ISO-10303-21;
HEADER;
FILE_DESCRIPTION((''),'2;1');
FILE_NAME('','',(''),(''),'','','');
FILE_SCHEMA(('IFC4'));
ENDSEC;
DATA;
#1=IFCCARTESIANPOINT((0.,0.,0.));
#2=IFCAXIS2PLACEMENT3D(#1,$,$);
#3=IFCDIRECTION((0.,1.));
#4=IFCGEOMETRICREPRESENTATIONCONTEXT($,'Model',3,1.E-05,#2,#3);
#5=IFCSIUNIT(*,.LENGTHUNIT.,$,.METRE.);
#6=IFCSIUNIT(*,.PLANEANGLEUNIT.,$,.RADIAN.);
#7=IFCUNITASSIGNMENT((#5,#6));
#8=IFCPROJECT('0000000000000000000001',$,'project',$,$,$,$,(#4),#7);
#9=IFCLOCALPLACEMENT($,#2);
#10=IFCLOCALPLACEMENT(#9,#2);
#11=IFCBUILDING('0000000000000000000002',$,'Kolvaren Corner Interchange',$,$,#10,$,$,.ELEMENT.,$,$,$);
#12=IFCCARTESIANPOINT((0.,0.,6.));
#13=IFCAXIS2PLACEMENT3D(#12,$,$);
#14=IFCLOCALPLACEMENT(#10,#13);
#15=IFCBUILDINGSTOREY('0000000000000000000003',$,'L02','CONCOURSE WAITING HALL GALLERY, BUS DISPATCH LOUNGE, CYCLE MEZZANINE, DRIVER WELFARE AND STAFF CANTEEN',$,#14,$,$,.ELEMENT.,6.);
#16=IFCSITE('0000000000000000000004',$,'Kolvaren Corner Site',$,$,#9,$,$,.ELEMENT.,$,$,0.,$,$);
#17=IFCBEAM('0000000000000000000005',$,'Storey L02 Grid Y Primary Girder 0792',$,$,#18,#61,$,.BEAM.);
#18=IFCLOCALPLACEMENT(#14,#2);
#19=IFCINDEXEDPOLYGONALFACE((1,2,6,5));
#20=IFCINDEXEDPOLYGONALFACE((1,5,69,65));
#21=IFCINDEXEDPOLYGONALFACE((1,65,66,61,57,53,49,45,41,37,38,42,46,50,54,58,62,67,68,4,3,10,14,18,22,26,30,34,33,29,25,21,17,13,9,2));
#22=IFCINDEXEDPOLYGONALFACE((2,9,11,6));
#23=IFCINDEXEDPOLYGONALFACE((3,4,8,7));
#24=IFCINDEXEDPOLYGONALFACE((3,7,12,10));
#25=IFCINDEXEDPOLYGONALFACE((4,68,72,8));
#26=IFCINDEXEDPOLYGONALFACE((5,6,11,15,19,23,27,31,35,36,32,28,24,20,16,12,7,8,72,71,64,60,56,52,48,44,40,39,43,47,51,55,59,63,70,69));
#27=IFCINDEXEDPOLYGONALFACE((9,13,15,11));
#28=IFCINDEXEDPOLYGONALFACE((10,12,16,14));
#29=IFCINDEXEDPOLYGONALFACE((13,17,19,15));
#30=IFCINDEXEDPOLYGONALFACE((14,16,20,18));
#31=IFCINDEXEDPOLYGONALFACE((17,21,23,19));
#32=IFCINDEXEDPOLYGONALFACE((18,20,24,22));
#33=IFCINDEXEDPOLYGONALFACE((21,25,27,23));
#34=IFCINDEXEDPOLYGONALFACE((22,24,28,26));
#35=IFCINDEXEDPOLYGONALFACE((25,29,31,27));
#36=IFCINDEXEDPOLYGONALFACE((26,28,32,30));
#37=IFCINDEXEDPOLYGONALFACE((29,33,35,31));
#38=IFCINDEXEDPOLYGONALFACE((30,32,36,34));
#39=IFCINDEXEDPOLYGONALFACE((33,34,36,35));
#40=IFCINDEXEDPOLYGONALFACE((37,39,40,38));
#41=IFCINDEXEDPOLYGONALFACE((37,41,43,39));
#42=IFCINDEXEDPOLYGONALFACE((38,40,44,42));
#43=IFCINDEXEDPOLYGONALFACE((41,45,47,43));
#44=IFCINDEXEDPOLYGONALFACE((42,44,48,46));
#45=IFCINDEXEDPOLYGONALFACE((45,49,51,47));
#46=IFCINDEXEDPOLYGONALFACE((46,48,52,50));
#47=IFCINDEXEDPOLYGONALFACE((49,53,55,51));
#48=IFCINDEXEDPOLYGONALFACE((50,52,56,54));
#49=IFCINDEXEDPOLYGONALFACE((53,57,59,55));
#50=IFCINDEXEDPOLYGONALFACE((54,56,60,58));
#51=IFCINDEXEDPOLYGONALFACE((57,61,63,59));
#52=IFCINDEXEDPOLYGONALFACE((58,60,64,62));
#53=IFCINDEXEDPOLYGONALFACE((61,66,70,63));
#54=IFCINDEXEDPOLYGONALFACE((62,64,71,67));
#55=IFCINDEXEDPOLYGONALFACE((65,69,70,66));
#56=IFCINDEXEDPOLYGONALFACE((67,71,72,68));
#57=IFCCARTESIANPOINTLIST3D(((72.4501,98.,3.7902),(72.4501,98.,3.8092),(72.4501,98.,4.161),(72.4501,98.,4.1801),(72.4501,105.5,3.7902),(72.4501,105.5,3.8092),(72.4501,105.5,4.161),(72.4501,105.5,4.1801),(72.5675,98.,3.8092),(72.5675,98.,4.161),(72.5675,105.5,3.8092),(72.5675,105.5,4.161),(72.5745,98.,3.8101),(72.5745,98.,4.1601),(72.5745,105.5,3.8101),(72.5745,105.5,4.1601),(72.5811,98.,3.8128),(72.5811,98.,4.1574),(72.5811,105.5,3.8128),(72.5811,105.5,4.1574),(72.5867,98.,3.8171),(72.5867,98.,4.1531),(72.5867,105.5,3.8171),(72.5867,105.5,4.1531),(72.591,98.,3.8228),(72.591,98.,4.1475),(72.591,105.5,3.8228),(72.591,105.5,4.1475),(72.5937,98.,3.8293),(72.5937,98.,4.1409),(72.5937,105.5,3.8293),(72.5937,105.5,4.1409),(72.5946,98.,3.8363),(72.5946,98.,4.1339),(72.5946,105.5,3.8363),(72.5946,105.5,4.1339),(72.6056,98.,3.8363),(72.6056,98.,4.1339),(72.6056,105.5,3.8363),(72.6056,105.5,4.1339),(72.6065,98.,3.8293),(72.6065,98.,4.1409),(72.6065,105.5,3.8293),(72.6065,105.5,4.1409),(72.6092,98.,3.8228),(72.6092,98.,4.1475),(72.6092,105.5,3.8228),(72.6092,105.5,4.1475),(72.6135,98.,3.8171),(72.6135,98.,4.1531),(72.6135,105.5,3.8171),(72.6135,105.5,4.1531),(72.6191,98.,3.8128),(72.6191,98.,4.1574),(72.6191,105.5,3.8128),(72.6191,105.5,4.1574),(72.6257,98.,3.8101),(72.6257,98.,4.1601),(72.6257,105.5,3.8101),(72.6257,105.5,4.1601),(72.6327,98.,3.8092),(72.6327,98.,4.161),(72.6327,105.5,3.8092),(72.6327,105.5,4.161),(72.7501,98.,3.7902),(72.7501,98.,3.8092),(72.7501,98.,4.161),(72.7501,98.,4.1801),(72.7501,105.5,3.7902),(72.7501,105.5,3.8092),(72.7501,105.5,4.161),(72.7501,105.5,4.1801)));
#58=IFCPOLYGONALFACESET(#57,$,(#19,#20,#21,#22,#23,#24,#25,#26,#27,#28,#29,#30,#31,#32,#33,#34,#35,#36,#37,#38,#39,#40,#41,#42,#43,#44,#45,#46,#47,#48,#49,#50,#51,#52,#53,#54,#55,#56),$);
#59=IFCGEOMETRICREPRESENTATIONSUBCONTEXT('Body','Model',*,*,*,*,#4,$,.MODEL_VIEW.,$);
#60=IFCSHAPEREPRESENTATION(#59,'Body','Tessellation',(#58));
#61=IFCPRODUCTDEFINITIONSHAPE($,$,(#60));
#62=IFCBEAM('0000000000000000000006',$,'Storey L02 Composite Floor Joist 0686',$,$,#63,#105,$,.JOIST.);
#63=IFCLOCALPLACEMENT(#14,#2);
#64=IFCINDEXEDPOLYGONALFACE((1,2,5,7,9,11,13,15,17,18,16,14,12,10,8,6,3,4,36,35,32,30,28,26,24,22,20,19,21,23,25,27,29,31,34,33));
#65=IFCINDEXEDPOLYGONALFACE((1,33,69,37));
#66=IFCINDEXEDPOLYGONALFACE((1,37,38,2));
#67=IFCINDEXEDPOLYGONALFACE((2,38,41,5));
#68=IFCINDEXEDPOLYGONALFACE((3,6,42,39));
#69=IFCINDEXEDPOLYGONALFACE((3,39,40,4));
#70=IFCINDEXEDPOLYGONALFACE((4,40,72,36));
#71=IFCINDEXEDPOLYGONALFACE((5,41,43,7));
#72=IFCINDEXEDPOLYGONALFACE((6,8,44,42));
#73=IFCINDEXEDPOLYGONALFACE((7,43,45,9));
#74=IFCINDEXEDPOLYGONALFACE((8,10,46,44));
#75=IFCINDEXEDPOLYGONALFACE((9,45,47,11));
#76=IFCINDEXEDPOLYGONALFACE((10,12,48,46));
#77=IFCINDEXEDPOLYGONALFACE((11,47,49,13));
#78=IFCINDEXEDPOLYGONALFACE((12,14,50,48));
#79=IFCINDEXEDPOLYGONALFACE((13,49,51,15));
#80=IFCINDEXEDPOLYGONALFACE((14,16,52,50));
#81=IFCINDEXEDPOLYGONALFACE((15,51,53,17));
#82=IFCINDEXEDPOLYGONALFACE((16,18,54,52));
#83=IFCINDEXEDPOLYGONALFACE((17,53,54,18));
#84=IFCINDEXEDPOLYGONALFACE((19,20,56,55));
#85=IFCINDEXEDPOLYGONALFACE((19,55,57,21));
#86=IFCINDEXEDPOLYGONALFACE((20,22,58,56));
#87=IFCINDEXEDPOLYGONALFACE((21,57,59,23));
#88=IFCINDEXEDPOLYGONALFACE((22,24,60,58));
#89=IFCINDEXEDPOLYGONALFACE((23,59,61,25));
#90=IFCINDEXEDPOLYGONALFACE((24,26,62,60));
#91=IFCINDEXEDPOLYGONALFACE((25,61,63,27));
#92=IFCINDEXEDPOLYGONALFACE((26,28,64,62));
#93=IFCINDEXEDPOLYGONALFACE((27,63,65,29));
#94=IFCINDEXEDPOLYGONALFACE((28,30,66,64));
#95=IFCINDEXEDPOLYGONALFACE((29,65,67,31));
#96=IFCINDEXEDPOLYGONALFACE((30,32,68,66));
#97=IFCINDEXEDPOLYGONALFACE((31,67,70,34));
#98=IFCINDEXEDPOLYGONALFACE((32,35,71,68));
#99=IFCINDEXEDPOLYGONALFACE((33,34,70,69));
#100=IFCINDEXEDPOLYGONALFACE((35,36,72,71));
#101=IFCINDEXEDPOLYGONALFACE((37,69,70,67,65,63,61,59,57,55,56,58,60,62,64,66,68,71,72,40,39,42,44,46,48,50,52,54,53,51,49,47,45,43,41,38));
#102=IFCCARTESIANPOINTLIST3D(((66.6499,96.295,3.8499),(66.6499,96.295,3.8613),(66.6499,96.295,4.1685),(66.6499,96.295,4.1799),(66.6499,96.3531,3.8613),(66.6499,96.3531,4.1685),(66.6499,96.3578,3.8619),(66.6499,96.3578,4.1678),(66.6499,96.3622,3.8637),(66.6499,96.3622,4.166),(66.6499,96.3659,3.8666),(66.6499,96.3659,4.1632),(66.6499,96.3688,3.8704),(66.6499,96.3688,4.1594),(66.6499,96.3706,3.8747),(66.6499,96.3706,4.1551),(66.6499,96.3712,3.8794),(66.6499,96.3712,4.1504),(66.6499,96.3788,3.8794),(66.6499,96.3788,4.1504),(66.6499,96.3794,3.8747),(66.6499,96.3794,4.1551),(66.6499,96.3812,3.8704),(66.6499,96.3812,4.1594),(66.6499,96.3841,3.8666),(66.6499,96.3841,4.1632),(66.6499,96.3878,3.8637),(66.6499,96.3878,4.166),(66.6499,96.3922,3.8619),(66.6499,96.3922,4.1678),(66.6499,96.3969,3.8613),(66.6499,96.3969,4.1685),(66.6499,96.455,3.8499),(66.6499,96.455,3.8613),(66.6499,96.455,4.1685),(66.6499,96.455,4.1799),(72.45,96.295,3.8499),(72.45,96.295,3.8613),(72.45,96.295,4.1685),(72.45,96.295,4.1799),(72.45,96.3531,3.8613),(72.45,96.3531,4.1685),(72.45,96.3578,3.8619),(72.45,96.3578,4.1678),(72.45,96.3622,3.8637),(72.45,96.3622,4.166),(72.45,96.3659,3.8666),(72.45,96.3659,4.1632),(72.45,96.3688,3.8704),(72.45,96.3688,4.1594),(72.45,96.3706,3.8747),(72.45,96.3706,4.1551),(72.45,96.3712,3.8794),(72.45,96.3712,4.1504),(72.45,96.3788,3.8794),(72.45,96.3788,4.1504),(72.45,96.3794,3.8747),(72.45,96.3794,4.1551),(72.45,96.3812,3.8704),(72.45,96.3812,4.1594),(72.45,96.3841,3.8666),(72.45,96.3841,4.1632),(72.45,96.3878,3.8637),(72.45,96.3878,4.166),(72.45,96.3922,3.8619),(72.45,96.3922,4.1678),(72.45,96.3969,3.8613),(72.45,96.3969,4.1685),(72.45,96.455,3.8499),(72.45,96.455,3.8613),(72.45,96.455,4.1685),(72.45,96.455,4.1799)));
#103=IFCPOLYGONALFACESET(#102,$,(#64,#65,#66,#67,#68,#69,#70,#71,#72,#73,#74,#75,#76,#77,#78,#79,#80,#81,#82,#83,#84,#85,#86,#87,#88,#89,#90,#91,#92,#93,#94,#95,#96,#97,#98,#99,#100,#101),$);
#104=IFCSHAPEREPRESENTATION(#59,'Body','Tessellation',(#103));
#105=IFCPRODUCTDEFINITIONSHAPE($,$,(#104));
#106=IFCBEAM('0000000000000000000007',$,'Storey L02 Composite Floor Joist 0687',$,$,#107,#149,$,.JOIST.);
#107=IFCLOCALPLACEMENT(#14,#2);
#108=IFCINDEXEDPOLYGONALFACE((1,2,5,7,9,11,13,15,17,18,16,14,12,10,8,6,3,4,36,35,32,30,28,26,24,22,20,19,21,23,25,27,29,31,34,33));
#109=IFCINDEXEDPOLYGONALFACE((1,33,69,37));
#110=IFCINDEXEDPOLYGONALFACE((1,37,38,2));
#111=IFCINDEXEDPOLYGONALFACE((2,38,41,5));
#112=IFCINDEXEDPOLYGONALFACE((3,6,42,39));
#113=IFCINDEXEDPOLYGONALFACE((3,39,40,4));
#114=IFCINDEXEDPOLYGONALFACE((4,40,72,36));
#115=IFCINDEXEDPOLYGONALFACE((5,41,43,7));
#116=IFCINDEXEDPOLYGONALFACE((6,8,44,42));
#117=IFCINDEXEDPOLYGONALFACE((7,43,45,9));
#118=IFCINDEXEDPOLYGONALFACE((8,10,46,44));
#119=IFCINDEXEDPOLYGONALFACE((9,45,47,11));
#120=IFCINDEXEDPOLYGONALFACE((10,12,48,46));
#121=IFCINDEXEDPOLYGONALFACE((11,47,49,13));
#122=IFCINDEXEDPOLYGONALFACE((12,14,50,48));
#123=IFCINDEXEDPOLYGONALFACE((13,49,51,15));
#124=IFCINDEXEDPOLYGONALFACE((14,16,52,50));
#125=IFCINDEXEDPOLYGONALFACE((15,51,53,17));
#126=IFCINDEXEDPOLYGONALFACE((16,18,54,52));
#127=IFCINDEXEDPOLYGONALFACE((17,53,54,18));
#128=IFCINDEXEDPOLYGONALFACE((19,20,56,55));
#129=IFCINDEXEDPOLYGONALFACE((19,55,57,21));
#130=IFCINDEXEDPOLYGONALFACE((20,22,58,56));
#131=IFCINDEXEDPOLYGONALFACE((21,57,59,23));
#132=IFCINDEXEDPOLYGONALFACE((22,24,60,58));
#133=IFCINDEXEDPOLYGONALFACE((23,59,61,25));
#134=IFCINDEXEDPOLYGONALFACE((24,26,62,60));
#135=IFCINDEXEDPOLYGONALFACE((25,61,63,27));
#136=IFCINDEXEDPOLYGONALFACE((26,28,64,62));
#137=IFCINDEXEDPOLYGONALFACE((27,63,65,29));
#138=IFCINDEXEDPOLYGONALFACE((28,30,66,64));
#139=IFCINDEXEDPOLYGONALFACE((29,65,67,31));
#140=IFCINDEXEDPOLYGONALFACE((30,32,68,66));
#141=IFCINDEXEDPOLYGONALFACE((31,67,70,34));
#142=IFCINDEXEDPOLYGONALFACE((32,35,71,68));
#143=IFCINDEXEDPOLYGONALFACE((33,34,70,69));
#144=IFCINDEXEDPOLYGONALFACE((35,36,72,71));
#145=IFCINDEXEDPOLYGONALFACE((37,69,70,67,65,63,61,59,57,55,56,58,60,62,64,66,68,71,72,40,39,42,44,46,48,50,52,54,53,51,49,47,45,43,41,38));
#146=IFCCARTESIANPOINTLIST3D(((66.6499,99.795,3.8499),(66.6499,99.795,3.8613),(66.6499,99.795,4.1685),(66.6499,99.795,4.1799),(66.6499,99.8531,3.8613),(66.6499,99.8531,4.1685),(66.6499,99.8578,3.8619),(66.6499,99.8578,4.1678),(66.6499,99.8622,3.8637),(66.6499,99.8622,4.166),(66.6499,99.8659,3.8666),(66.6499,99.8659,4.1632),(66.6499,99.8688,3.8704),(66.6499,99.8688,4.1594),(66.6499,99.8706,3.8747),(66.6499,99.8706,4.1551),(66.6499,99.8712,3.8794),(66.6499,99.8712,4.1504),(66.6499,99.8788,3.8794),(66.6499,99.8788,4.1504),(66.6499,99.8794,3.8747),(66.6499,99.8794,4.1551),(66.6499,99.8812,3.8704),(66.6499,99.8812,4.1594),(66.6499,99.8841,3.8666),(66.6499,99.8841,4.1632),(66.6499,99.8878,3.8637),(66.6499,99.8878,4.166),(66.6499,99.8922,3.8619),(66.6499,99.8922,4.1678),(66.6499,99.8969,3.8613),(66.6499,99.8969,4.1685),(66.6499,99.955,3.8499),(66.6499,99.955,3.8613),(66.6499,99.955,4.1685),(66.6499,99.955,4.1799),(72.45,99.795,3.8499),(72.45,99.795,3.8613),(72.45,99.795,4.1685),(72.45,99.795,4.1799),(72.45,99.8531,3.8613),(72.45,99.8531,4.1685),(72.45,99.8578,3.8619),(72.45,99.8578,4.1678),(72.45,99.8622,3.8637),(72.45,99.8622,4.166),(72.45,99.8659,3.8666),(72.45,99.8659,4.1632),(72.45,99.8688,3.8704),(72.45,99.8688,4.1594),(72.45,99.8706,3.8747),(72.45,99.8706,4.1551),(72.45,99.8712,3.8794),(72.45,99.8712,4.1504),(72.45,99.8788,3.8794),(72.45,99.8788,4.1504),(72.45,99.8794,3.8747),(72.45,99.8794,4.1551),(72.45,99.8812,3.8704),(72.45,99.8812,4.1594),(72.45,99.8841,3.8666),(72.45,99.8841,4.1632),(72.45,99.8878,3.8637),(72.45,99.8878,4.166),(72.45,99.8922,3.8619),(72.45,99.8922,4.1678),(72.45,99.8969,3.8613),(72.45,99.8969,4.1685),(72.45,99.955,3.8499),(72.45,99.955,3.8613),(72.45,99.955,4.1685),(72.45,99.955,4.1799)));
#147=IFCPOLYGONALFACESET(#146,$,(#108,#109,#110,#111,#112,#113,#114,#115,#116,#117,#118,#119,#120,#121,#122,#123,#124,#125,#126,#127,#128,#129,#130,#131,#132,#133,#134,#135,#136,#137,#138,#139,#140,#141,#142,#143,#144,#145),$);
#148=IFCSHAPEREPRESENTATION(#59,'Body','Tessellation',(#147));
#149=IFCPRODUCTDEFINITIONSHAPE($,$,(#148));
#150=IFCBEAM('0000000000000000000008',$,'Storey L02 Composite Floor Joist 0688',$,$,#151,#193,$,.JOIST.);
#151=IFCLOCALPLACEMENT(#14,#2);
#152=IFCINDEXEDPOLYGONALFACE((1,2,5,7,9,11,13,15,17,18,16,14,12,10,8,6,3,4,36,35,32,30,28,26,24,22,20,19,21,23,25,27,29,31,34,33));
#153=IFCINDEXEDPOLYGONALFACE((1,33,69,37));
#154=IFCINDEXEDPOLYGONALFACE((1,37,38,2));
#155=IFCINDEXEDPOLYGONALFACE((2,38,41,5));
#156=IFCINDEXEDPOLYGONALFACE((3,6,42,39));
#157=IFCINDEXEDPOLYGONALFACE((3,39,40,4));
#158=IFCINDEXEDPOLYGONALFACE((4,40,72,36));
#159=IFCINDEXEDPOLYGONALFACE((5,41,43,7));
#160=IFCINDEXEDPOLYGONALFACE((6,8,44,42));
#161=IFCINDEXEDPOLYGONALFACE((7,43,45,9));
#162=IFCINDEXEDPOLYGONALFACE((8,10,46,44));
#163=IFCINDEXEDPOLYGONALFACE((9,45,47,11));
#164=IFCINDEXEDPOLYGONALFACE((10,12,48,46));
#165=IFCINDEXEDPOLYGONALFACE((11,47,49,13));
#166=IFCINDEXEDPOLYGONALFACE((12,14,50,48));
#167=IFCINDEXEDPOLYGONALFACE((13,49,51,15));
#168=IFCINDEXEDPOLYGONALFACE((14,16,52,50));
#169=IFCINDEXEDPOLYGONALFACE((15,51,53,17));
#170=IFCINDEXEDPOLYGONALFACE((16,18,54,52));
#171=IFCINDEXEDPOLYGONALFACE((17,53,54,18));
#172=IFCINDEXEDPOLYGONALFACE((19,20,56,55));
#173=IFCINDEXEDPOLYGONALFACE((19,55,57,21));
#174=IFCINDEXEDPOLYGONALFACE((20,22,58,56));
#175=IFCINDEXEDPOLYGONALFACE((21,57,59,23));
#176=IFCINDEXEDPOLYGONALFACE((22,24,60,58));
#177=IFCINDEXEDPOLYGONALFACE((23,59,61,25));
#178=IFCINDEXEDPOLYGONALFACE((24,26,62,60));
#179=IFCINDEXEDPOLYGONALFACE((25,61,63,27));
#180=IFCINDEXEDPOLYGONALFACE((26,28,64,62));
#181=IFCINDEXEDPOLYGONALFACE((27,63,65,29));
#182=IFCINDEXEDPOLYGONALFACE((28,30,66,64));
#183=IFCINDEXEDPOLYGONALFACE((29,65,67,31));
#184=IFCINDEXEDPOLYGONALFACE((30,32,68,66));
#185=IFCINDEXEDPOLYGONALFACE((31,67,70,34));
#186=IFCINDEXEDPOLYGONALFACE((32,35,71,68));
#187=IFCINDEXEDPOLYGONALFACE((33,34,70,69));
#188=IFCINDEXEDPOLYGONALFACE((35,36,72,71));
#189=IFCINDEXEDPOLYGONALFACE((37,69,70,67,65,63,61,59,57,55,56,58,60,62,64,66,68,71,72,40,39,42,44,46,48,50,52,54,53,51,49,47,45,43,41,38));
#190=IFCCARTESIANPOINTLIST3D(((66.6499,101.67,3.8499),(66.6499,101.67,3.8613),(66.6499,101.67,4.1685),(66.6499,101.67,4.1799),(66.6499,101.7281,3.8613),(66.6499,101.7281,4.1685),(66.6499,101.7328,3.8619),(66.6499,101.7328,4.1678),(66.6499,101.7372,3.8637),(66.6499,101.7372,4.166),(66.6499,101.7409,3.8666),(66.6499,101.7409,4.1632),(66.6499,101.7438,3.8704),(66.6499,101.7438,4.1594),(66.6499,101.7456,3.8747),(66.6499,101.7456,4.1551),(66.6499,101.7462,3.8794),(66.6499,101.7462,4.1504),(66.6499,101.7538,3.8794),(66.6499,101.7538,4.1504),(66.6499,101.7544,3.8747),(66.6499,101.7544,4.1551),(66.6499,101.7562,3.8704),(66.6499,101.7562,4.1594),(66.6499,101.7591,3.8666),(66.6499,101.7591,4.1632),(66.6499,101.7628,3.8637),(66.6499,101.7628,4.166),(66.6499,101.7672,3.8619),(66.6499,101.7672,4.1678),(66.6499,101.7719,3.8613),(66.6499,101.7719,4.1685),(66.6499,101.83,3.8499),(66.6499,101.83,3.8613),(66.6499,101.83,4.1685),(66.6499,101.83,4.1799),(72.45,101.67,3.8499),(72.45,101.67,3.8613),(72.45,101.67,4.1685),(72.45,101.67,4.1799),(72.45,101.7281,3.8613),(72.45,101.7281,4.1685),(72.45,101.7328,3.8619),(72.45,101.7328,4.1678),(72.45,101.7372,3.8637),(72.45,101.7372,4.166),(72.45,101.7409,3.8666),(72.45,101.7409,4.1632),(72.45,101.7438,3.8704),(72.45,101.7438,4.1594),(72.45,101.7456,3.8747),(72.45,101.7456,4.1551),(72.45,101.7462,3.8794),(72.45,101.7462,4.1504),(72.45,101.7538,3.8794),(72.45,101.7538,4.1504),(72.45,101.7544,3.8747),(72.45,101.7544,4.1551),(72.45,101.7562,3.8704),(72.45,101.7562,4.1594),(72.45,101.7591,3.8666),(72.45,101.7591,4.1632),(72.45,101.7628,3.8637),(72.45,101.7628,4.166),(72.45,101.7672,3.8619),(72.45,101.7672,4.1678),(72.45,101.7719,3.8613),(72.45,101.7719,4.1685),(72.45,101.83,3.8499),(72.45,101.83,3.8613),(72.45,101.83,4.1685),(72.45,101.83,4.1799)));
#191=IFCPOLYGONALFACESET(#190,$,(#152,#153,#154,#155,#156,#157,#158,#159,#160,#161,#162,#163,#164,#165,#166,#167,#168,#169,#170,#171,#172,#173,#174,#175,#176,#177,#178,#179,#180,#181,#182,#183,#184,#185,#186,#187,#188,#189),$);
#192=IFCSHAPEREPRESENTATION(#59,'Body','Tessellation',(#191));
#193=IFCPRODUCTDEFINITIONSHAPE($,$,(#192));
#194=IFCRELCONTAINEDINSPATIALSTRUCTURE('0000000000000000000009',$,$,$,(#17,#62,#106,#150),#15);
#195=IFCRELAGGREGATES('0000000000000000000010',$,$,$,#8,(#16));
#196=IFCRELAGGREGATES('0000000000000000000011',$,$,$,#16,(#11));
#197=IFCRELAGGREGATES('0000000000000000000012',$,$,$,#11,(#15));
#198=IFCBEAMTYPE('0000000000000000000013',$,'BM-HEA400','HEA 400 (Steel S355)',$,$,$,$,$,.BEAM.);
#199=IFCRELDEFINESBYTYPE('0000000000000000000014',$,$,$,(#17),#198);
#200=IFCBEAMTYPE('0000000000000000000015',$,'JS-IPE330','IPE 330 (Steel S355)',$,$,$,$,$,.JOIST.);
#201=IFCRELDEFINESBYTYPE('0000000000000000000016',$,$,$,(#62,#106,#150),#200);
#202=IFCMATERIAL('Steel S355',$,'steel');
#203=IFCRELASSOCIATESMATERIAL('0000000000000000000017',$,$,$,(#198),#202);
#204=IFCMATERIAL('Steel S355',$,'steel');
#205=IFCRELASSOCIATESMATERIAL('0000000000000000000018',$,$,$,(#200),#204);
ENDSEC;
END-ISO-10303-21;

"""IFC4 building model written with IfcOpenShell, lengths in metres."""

from ifc_helpers import new_model, si_unit, direction, frame, origin, origin_2d, place, context, subcontext, project, spatial, i_section, extrude, material, material_profile, profile_set, type_object, element, save


model = new_model("IFC4")

# Units and contexts
model_context = context("Model", 3, precision=1e-05, world=origin(), true_north=direction((0.0, 1.0)))
body_context = subcontext(model_context, "Body", "Model", "MODEL_VIEW")
ifc_project = project(units=[si_unit("LENGTHUNIT", "METRE"), si_unit("PLANEANGLEUNIT", "RADIAN")], contexts=[model_context])

# Site, building, storey
site_placement = place(None, origin())
site = spatial("IfcSite", under=ifc_project, at=site_placement, Name="Kolvaren Corner Site", CompositionType="ELEMENT", RefElevation=0.0)
building_placement = place(site_placement, origin())
building = spatial("IfcBuilding", under=site, at=building_placement, Name="Kolvaren Corner Interchange", CompositionType="ELEMENT")
storey_placement = place(building_placement, frame((0.0, 0.0, 6.0)))
storey = spatial("IfcBuildingStorey", under=building, at=storey_placement, Name="L02", Description="CONCOURSE WAITING HALL GALLERY, BUS DISPATCH LOUNGE, CYCLE MEZZANINE, DRIVER WELFARE AND STAFF CANTEEN", CompositionType="ELEMENT", Elevation=6.0)

# Beams
ifc_material_1 = material(Name="Steel S355", Category="steel")
ifc_material_profile_1 = material_profile(ifc_material_1, i_section(OverallWidth=0.3, OverallDepth=0.3899, WebThickness=0.011, FlangeThickness=0.019, FilletRadius=0.0271, at=origin_2d()), Name="HEA 400")
ifc_profile_set_1 = profile_set([ifc_material_profile_1], Name="Steel S355")
beam_type_1 = type_object("IfcBeamType", Name="BM-HEA400", Description="HEA 400 (Steel S355)", PredefinedType="BEAM", material=ifc_profile_set_1)
beam_1_placement = place(storey_placement, frame((72.6001, 98.0, 3.9851), z_axis=(0.0, 1.0, 0.0), x_axis=(-1.0, 0.0, 0.0)))
element("IfcBeam", 1, at=beam_1_placement, inside=storey, type_object=beam_type_1, Name="Storey L02 Grid Y Primary Girder 0792", PredefinedType="BEAM", context=body_context, shape_type="SweptSolid", body=[
    extrude(i_section(OverallWidth=0.3, OverallDepth=0.3899, WebThickness=0.011, FlangeThickness=0.019, FilletRadius=0.0271, at=origin_2d()), origin(), (0.0, 0.0, 1.0), 7.5),
])
ifc_material_2 = material(Name="Steel S355", Category="steel")
ifc_material_profile_2 = material_profile(ifc_material_2, i_section(OverallWidth=0.1599, OverallDepth=0.3301, WebThickness=0.0076, FlangeThickness=0.0115, FilletRadius=0.0181, at=origin_2d()), Name="IPE 330")
ifc_profile_set_2 = profile_set([ifc_material_profile_2], Name="Steel S355")
beam_type_2 = type_object("IfcBeamType", Name="JS-IPE330", Description="IPE 330 (Steel S355)", PredefinedType="JOIST", material=ifc_profile_set_2)
for number, where, z_axis, x_axis, name in (
    (2, (66.6499, 96.375, 4.0149), (1.0, 0.0, 0.0), (0.0, 1.0, 0.0), "Storey L02 Composite Floor Joist 0686"),
    (3, (66.6499, 99.875, 4.0149), (1.0, 0.0, 0.0), (0.0, 1.0, 0.0), "Storey L02 Composite Floor Joist 0687"),
    (4, (66.6499, 101.75, 4.0149), (1.0, 0.0, 0.0), (0.0, 1.0, 0.0), "Storey L02 Composite Floor Joist 0688"),
):
    element("IfcBeam", number, at=place(storey_placement, frame(where, z_axis=z_axis, x_axis=x_axis)), inside=storey, type_object=beam_type_2, Name=name, PredefinedType="JOIST", context=body_context, shape_type="SweptSolid", body=[
        extrude(i_section(OverallWidth=0.1599, OverallDepth=0.3301, WebThickness=0.0076, FlangeThickness=0.0115, FilletRadius=0.0181, at=origin_2d()), origin(), (0.0, 0.0, 1.0), 5.8),
    ])

save(model, "model.ifc")
